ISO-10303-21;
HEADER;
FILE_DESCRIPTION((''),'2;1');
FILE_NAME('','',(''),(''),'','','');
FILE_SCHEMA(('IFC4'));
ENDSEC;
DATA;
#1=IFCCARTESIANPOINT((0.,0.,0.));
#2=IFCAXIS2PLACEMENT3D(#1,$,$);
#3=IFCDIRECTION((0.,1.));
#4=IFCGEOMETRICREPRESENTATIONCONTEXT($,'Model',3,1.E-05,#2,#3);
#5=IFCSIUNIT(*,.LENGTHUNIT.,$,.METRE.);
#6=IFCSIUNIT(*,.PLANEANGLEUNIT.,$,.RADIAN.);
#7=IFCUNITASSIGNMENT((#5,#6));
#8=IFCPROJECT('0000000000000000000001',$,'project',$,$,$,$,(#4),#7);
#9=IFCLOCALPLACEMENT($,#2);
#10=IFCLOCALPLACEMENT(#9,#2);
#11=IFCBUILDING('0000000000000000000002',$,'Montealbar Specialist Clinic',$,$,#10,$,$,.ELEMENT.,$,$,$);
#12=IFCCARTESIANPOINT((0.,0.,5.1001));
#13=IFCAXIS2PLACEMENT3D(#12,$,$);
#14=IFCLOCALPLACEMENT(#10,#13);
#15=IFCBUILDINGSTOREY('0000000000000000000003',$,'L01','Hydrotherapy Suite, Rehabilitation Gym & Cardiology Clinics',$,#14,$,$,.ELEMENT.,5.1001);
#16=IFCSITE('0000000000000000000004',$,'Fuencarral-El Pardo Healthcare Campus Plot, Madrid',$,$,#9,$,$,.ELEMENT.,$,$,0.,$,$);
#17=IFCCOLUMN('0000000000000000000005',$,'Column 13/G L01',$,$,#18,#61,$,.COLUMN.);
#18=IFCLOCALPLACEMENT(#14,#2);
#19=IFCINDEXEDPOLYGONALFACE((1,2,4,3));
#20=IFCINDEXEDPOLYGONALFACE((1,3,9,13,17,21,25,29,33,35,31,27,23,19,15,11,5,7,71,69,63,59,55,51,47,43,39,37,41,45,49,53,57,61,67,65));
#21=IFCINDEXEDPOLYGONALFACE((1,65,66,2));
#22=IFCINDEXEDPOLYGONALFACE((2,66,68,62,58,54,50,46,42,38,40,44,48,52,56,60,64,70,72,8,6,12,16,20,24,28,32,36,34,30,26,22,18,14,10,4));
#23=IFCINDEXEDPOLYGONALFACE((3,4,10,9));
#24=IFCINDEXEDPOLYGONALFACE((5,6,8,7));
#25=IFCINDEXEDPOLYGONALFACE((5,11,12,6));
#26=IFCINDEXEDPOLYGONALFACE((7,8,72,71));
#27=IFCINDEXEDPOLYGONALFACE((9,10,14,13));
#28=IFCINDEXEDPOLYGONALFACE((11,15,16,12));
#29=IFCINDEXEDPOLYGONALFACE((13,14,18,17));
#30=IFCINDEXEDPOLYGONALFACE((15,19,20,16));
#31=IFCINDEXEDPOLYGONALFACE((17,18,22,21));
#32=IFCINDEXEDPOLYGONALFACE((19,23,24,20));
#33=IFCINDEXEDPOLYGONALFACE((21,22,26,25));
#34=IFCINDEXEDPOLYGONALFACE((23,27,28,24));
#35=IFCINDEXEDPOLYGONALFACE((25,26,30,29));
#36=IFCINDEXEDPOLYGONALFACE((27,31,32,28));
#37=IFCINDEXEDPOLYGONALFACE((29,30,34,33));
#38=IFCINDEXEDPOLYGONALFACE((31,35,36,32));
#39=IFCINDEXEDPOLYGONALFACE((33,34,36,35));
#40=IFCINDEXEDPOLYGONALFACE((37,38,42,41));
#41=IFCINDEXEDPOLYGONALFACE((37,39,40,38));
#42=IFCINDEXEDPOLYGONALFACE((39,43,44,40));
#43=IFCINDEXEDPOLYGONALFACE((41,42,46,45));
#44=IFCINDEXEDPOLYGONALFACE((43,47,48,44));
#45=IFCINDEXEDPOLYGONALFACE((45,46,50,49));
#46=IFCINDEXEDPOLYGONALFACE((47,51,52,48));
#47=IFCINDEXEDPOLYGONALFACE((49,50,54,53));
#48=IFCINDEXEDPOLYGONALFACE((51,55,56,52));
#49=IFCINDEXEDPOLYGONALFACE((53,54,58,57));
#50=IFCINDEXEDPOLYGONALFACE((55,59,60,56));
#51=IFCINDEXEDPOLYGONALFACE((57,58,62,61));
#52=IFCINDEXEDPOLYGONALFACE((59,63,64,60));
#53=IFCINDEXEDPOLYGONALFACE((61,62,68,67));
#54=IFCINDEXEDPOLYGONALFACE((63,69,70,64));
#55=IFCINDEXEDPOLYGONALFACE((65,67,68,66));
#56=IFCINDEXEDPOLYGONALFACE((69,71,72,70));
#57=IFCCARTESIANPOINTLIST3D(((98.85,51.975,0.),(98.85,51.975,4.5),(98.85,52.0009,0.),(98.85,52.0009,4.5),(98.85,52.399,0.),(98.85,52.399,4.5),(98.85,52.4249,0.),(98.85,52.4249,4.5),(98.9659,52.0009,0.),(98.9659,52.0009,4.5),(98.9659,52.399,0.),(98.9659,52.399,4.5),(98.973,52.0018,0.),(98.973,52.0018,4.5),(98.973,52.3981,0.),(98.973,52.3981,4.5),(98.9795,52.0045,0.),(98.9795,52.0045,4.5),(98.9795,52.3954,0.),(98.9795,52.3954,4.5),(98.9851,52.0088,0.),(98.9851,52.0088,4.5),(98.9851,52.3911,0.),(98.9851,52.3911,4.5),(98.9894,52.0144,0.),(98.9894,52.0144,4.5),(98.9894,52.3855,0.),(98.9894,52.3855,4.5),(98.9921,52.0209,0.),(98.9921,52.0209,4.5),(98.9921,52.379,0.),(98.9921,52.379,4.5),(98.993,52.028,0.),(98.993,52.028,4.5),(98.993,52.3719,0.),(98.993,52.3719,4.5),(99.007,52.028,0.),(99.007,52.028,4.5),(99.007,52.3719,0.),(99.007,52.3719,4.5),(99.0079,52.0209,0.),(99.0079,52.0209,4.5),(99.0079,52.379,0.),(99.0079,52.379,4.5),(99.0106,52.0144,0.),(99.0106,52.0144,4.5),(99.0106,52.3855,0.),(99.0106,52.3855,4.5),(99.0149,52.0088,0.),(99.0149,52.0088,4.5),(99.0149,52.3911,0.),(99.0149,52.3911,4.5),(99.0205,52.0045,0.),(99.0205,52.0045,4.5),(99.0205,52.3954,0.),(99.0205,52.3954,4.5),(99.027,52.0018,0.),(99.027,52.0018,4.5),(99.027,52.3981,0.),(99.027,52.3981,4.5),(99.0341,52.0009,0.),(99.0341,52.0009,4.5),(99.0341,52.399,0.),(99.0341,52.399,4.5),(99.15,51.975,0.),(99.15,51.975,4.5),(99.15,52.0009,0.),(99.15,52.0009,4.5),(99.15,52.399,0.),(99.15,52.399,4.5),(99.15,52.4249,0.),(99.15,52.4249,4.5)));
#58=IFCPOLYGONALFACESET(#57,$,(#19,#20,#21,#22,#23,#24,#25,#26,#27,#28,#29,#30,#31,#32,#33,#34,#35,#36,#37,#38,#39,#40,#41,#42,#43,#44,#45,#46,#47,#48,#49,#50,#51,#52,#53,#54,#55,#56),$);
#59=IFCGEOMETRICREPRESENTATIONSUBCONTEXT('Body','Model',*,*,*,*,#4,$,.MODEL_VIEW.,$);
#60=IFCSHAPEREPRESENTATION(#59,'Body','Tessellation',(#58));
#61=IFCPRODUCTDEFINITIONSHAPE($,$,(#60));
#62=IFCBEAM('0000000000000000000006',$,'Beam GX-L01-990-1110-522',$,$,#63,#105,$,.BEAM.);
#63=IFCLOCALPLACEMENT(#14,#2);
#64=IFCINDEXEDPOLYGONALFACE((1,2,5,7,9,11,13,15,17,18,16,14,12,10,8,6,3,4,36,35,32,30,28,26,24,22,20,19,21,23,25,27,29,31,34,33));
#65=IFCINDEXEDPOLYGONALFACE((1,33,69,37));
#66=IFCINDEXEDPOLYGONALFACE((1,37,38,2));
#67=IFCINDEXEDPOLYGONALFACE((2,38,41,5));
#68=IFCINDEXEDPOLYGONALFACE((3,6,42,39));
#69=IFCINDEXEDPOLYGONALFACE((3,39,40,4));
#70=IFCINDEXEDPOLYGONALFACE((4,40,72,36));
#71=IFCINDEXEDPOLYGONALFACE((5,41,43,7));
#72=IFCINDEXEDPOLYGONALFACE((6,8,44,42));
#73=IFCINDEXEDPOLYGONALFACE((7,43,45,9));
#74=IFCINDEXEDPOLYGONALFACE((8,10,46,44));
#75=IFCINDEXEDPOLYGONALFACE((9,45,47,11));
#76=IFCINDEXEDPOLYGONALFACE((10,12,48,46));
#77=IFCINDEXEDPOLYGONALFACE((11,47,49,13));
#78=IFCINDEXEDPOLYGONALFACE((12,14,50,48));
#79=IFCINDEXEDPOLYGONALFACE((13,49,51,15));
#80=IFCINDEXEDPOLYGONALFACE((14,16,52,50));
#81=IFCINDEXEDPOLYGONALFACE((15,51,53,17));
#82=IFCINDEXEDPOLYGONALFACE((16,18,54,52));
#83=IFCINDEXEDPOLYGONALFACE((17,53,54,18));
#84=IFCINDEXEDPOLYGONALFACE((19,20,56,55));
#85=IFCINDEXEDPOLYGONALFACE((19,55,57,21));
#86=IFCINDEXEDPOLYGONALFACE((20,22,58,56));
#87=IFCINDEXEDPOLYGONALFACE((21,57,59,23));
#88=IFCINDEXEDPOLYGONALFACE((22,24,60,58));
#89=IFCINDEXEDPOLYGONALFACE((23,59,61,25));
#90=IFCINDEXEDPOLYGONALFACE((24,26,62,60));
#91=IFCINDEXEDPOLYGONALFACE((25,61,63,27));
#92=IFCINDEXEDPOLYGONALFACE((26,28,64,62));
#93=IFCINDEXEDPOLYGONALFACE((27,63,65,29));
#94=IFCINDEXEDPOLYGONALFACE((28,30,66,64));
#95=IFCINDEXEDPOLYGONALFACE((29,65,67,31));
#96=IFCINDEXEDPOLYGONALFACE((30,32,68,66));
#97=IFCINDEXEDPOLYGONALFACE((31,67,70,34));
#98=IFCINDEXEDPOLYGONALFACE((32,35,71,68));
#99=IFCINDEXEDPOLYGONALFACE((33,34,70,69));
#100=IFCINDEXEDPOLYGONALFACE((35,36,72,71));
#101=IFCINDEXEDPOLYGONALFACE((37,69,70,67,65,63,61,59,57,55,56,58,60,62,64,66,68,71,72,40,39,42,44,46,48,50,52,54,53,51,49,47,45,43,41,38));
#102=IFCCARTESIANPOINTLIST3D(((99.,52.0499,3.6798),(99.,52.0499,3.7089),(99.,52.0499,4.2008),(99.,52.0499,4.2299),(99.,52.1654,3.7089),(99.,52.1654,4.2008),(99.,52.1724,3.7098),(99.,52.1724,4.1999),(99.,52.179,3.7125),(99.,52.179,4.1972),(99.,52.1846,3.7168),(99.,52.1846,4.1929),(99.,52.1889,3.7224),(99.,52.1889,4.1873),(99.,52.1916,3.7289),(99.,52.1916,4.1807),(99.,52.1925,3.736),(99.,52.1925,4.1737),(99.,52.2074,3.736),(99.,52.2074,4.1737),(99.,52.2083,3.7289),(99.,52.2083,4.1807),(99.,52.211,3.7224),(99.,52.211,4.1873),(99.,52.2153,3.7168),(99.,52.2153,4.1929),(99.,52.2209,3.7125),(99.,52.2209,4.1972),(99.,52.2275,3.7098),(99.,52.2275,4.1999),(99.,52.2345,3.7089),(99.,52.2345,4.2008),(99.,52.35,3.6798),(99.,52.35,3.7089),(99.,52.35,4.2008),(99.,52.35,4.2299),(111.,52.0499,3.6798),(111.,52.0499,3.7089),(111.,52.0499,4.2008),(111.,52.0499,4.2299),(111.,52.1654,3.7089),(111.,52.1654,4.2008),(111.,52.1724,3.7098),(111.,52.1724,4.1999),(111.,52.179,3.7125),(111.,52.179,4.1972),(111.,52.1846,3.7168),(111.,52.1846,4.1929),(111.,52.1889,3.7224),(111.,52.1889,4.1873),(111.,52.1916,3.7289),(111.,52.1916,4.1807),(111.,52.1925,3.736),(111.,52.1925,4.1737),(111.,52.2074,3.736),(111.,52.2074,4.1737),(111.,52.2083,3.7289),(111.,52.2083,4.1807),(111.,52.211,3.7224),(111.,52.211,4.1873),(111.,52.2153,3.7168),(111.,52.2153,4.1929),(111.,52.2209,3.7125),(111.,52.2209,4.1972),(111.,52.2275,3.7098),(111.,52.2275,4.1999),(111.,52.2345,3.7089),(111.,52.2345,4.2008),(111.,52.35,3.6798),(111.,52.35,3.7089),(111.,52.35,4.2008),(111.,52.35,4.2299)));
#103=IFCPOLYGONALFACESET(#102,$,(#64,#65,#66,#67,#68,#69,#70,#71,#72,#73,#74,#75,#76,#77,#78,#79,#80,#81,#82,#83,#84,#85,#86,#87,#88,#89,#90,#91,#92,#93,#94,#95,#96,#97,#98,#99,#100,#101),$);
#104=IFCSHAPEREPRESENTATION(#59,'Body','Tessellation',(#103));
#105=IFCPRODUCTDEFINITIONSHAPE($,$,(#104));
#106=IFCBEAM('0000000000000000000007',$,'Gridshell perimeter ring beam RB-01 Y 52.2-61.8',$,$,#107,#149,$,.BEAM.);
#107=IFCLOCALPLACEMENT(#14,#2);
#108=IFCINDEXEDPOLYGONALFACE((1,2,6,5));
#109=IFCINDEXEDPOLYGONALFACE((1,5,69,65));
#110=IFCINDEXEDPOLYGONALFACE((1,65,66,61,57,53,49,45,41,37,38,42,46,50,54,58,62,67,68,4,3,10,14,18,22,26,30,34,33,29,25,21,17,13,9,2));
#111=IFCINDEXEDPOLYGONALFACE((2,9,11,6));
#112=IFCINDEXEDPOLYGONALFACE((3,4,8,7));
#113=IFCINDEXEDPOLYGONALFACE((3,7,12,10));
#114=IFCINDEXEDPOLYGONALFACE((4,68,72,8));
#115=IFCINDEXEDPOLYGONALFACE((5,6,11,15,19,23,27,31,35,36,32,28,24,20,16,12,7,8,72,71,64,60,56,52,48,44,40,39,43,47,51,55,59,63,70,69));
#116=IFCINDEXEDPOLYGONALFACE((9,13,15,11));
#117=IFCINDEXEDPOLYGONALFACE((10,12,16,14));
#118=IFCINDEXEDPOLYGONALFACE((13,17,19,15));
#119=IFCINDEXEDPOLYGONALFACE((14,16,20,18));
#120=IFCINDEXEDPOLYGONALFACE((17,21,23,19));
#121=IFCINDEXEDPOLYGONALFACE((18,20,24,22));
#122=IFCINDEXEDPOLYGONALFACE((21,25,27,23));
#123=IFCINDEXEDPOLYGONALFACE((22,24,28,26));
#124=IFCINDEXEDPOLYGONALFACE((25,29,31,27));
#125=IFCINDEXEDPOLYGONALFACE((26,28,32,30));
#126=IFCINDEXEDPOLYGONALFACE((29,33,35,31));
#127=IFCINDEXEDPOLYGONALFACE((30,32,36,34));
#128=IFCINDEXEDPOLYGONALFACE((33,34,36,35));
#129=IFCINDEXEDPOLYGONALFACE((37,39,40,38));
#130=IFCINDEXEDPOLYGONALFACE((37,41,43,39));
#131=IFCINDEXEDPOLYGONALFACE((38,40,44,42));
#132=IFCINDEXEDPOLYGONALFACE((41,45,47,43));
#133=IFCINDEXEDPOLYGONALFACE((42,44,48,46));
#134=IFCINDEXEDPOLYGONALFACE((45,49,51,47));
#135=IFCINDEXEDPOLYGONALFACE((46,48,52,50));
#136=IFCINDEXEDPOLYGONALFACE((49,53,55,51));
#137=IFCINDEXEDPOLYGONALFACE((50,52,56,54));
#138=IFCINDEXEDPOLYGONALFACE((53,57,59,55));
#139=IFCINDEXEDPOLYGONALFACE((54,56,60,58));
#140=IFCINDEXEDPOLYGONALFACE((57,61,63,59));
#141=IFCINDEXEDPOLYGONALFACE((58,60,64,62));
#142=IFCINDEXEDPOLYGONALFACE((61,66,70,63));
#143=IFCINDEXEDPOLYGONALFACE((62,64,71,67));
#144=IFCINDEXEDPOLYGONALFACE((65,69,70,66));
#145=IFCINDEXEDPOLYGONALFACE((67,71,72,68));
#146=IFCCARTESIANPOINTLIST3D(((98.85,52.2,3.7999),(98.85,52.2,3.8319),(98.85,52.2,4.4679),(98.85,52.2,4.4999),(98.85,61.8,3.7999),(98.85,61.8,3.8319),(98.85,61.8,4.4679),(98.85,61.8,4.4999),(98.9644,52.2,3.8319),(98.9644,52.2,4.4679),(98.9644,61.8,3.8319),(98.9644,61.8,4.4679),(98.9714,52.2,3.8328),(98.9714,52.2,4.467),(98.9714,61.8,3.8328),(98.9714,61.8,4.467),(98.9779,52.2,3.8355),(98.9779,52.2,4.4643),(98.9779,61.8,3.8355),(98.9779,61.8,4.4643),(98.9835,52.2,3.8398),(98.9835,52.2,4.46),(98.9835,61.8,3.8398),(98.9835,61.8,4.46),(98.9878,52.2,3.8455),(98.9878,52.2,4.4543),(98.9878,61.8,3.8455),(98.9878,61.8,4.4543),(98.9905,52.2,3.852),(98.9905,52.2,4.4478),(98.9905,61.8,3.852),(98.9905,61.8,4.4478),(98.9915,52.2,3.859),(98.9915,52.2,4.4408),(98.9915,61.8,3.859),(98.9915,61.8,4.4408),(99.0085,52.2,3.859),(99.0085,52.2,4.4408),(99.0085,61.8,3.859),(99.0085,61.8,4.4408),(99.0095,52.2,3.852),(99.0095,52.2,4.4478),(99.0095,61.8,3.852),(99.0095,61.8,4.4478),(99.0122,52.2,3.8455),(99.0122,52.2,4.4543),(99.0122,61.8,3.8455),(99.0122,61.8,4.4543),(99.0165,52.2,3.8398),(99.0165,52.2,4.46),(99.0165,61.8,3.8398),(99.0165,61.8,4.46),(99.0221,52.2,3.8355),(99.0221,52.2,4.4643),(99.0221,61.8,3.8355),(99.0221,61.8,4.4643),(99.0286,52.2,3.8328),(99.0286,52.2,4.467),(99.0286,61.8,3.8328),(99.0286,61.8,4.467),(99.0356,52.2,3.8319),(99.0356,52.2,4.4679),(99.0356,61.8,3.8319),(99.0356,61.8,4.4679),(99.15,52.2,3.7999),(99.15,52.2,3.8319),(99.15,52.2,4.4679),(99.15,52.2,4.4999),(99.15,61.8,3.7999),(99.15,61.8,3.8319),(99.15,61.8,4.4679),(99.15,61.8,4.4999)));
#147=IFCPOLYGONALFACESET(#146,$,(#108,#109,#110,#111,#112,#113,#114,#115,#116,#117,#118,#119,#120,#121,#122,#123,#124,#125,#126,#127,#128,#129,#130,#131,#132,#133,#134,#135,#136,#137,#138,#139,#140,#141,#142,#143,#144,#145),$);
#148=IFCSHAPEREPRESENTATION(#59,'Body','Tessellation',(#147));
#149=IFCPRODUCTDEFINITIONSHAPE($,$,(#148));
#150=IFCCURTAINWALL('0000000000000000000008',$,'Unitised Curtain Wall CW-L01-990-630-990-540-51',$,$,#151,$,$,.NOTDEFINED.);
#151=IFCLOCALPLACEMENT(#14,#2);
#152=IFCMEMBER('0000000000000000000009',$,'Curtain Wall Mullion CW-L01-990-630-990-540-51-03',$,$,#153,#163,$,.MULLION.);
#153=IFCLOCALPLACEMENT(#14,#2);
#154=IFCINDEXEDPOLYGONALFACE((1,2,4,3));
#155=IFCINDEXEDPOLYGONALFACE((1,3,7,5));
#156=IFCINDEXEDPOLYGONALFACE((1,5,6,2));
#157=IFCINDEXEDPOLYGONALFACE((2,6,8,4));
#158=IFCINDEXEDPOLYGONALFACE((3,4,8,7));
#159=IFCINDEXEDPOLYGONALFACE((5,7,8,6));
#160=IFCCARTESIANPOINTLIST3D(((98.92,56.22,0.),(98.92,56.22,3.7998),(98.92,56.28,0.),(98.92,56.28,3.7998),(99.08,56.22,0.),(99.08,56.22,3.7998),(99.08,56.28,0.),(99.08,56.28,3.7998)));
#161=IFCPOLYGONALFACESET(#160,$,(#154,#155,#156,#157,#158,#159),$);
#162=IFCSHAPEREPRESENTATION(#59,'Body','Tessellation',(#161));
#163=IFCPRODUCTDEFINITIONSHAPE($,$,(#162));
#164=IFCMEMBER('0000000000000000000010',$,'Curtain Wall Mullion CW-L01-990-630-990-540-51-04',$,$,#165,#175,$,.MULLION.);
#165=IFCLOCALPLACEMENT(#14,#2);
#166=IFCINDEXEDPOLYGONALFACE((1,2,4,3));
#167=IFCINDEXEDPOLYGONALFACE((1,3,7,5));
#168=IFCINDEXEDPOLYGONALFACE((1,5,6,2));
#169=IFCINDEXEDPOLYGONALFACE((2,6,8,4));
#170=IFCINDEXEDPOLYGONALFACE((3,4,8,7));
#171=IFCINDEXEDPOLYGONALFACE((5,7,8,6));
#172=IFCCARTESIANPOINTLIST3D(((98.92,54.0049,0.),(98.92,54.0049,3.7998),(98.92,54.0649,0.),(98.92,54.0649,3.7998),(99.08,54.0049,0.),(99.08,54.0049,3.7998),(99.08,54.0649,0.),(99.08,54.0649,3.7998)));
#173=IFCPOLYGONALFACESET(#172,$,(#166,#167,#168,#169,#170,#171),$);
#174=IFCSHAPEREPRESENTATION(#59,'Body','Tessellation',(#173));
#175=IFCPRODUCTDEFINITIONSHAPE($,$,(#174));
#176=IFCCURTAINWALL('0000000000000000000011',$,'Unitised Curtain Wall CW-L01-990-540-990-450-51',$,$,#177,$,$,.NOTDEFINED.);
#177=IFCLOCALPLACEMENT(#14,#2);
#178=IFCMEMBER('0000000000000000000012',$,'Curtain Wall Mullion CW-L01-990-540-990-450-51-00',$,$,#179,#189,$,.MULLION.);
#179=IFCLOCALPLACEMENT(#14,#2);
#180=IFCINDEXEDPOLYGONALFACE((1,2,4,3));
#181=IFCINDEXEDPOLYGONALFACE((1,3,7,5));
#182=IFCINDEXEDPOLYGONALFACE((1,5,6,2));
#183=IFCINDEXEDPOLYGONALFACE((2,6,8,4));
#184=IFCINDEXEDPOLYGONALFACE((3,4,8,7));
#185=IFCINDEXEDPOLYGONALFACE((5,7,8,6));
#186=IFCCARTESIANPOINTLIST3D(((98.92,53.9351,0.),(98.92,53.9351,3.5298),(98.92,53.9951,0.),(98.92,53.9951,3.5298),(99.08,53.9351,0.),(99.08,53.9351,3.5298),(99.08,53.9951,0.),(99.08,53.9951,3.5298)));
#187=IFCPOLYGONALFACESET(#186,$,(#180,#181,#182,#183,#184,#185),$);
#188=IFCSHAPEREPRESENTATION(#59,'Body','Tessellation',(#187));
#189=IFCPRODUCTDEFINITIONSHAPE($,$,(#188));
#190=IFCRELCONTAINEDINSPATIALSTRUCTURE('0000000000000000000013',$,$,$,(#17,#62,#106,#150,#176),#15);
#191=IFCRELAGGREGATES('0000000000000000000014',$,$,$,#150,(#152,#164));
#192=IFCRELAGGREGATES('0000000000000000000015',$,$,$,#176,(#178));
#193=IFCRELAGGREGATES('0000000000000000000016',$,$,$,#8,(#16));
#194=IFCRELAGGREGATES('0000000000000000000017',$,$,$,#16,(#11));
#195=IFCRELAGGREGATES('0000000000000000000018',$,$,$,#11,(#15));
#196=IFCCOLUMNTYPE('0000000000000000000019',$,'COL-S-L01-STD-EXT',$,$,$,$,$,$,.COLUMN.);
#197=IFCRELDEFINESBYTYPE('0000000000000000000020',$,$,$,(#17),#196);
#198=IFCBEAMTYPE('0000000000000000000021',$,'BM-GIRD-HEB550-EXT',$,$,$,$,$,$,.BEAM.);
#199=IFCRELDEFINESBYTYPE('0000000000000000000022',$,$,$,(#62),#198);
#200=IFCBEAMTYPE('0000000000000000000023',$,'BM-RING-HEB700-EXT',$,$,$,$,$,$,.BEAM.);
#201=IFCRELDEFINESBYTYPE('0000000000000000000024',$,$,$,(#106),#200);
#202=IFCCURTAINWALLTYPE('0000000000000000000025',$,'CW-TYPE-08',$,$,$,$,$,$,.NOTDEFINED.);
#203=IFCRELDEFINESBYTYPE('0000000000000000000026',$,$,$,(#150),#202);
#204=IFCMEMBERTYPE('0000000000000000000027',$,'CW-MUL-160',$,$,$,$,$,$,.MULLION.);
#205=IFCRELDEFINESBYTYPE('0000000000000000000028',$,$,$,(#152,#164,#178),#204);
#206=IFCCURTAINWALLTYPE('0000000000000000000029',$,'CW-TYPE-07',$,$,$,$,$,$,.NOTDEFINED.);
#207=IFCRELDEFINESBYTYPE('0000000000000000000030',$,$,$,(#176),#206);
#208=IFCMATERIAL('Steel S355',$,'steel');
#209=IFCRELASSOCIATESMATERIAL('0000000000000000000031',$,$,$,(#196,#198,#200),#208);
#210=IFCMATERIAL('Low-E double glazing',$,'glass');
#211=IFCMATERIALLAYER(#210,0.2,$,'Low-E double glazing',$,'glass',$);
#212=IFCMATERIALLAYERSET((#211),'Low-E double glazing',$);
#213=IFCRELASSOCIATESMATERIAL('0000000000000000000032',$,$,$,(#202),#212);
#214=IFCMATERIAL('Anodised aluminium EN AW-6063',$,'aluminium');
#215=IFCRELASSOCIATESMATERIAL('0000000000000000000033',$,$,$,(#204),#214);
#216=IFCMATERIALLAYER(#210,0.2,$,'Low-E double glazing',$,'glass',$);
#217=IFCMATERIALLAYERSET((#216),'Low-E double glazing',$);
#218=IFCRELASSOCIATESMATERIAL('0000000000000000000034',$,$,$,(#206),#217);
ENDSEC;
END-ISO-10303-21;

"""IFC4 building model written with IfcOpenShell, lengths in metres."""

from ifc_helpers import new_model, si_unit, direction, frame, origin, origin_2d, place, context, subcontext, project, spatial, rectangle, i_section, extrude, material, layer, layer_set, material_profile, profile_set, type_object, element, aggregate, save


model = new_model("IFC4")

# Units and contexts
model_context = context("Model", 3, precision=1e-05, world=origin(), true_north=direction((0.0, 1.0)))
body_context = subcontext(model_context, "Body", "Model", "MODEL_VIEW")
ifc_project = project(units=[si_unit("LENGTHUNIT", "METRE"), si_unit("PLANEANGLEUNIT", "RADIAN")], contexts=[model_context])

# Site, building, storey
site_placement = place(None, origin())
site = spatial("IfcSite", under=ifc_project, at=site_placement, Name="Fuencarral-El Pardo Healthcare Campus Plot, Madrid", CompositionType="ELEMENT", RefElevation=0.0)
building_placement = place(site_placement, origin())
building = spatial("IfcBuilding", under=site, at=building_placement, Name="Montealbar Specialist Clinic", CompositionType="ELEMENT")
storey_placement = place(building_placement, frame((0.0, 0.0, 5.1001)))
storey = spatial("IfcBuildingStorey", under=building, at=storey_placement, Name="L01", Description="Hydrotherapy Suite, Rehabilitation Gym & Cardiology Clinics", CompositionType="ELEMENT", Elevation=5.1001)

# Column
ifc_material_1 = material(Name="Steel S355", Category="steel")
ifc_material_profile_1 = material_profile(ifc_material_1, i_section(OverallWidth=0.3, OverallDepth=0.45, WebThickness=0.0139, FlangeThickness=0.0259, FilletRadius=0.0271, at=origin_2d()), Name="HEB 450", Category="steel")
ifc_profile_set_1 = profile_set([ifc_material_profile_1], Name="Steel S355")
column_type = type_object("IfcColumnType", Name="COL-S-L01-STD-EXT", PredefinedType="COLUMN", material=ifc_profile_set_1)
column_placement = place(storey_placement, frame((99.0, 52.2, 0.0), z_axis=(0.0, 0.0, 1.0), x_axis=(1.0, 0.0, 0.0)))
element("IfcColumn", 1, at=column_placement, inside=storey, type_object=column_type, Name="Column 13/G L01", PredefinedType="COLUMN", context=body_context, shape_type="SweptSolid", body=[
    extrude(i_section(OverallWidth=0.3, OverallDepth=0.45, WebThickness=0.0139, FlangeThickness=0.0259, FilletRadius=0.0271, at=origin_2d()), origin(), (0.0, 0.0, 1.0), 4.5),
])

# Beams
ifc_material_profile_2 = material_profile(ifc_material_1, i_section(OverallWidth=0.3, OverallDepth=0.55, WebThickness=0.0149, FlangeThickness=0.0291, FilletRadius=0.0271, at=origin_2d()), Name="HEB 550", Category="steel")
ifc_profile_set_2 = profile_set([ifc_material_profile_2], Name="Steel S355")
beam_type_1 = type_object("IfcBeamType", Name="BM-GIRD-HEB550-EXT", PredefinedType="BEAM", material=ifc_profile_set_2)
beam_1_placement = place(storey_placement, frame((99.0, 52.2, 3.9548), z_axis=(1.0, 0.0, 0.0), x_axis=(0.0, 1.0, 0.0)))
element("IfcBeam", 2, at=beam_1_placement, inside=storey, type_object=beam_type_1, Name="Beam GX-L01-990-1110-522", PredefinedType="BEAM", context=body_context, shape_type="SweptSolid", body=[
    extrude(i_section(OverallWidth=0.3, OverallDepth=0.55, WebThickness=0.0149, FlangeThickness=0.0291, FilletRadius=0.0271, at=origin_2d()), origin(), (0.0, 0.0, 1.0), 12.0),
])
ifc_material_profile_3 = material_profile(ifc_material_1, i_section(OverallWidth=0.3, OverallDepth=0.7, WebThickness=0.0171, FlangeThickness=0.032, FilletRadius=0.0271, at=origin_2d()), Name="HEB 700", Category="steel")
ifc_profile_set_3 = profile_set([ifc_material_profile_3], Name="Steel S355")
beam_type_2 = type_object("IfcBeamType", Name="BM-RING-HEB700-EXT", PredefinedType="BEAM", material=ifc_profile_set_3)
beam_2_placement = place(storey_placement, frame((99.0, 52.2, 4.1499), z_axis=(0.0, 1.0, 0.0), x_axis=(-1.0, 0.0, 0.0)))
element("IfcBeam", 3, at=beam_2_placement, inside=storey, type_object=beam_type_2, Name="Gridshell perimeter ring beam RB-01 Y 52.2-61.8", PredefinedType="BEAM", context=body_context, shape_type="SweptSolid", body=[
    extrude(i_section(OverallWidth=0.3, OverallDepth=0.7, WebThickness=0.0171, FlangeThickness=0.032, FilletRadius=0.0271, at=origin_2d()), origin(), (0.0, 0.0, 1.0), 9.6001),
])

# Curtain walls, members
ifc_material_2 = material(Name="Low-E double glazing", Category="glass")
ifc_layer_1 = layer(ifc_material_2, 0.2, Name="Low-E double glazing", Category="glass")
ifc_layer_set_1 = layer_set([ifc_layer_1], Name="Low-E double glazing")
curtain_wall_type_1 = type_object("IfcCurtainWallType", Name="CW-TYPE-08", PredefinedType="NOTDEFINED", material=ifc_layer_set_1)
curtain_wall_1_placement = place(storey_placement, origin())
curtain_wall_1 = element("IfcCurtainWall", 4, at=curtain_wall_1_placement, inside=storey, type_object=curtain_wall_type_1, Name="Unitised Curtain Wall CW-L01-990-630-990-540-51", PredefinedType="NOTDEFINED")
ifc_material_3 = material(Name="Anodised aluminium EN AW-6063", Category="aluminium")
ifc_material_profile_4 = material_profile(ifc_material_3, rectangle(XDim=0.0601, YDim=0.1599, at=origin_2d()), Name="ALU 60x160", Category="aluminium")
ifc_profile_set_4 = profile_set([ifc_material_profile_4], Name="Anodised aluminium EN AW-6063")
member_type_1 = type_object("IfcMemberType", Name="CW-MUL-160", PredefinedType="MULLION", material=ifc_profile_set_4)
member_1_placement = place(storey_placement, frame((99.0, 56.25, 0.0), z_axis=(0.0, 0.0, 1.0), x_axis=(0.0, -1.0, 0.0)))
member_1 = element("IfcMember", 5, at=member_1_placement, type_object=member_type_1, Name="Curtain Wall Mullion CW-L01-990-630-990-540-51-03", PredefinedType="MULLION", context=body_context, shape_type="SweptSolid", body=[
    extrude(rectangle(XDim=0.0601, YDim=0.1599, at=origin_2d()), origin(), (0.0, 0.0, 1.0), 3.7998),
])
member_2_placement = place(storey_placement, frame((99.0, 54.0349, 0.0), z_axis=(0.0, 0.0, 1.0), x_axis=(0.0, -1.0, 0.0)))
member_2 = element("IfcMember", 6, at=member_2_placement, type_object=member_type_1, Name="Curtain Wall Mullion CW-L01-990-630-990-540-51-04", PredefinedType="MULLION", context=body_context, shape_type="SweptSolid", body=[
    extrude(rectangle(XDim=0.0601, YDim=0.1599, at=origin_2d()), origin(), (0.0, 0.0, 1.0), 3.7998),
])
ifc_layer_2 = layer(ifc_material_2, 0.2, Name="Low-E double glazing", Category="glass")
ifc_layer_set_2 = layer_set([ifc_layer_2], Name="Low-E double glazing")
curtain_wall_type_2 = type_object("IfcCurtainWallType", Name="CW-TYPE-07", PredefinedType="NOTDEFINED", material=ifc_layer_set_2)
curtain_wall_2_placement = place(storey_placement, origin())
curtain_wall_2 = element("IfcCurtainWall", 7, at=curtain_wall_2_placement, inside=storey, type_object=curtain_wall_type_2, Name="Unitised Curtain Wall CW-L01-990-540-990-450-51", PredefinedType="NOTDEFINED")
member_3_placement = place(storey_placement, frame((99.0, 53.9651, 0.0), z_axis=(0.0, 0.0, 1.0), x_axis=(0.0, -1.0, 0.0)))
member_3 = element("IfcMember", 8, at=member_3_placement, type_object=member_type_1, Name="Curtain Wall Mullion CW-L01-990-540-990-450-51-00", PredefinedType="MULLION", context=body_context, shape_type="SweptSolid", body=[
    extrude(rectangle(XDim=0.0601, YDim=0.1599, at=origin_2d()), origin(), (0.0, 0.0, 1.0), 3.5298),
])

aggregate(curtain_wall_1, [member_1, member_2])
aggregate(curtain_wall_2, [member_3])

save(model, "model.ifc")
